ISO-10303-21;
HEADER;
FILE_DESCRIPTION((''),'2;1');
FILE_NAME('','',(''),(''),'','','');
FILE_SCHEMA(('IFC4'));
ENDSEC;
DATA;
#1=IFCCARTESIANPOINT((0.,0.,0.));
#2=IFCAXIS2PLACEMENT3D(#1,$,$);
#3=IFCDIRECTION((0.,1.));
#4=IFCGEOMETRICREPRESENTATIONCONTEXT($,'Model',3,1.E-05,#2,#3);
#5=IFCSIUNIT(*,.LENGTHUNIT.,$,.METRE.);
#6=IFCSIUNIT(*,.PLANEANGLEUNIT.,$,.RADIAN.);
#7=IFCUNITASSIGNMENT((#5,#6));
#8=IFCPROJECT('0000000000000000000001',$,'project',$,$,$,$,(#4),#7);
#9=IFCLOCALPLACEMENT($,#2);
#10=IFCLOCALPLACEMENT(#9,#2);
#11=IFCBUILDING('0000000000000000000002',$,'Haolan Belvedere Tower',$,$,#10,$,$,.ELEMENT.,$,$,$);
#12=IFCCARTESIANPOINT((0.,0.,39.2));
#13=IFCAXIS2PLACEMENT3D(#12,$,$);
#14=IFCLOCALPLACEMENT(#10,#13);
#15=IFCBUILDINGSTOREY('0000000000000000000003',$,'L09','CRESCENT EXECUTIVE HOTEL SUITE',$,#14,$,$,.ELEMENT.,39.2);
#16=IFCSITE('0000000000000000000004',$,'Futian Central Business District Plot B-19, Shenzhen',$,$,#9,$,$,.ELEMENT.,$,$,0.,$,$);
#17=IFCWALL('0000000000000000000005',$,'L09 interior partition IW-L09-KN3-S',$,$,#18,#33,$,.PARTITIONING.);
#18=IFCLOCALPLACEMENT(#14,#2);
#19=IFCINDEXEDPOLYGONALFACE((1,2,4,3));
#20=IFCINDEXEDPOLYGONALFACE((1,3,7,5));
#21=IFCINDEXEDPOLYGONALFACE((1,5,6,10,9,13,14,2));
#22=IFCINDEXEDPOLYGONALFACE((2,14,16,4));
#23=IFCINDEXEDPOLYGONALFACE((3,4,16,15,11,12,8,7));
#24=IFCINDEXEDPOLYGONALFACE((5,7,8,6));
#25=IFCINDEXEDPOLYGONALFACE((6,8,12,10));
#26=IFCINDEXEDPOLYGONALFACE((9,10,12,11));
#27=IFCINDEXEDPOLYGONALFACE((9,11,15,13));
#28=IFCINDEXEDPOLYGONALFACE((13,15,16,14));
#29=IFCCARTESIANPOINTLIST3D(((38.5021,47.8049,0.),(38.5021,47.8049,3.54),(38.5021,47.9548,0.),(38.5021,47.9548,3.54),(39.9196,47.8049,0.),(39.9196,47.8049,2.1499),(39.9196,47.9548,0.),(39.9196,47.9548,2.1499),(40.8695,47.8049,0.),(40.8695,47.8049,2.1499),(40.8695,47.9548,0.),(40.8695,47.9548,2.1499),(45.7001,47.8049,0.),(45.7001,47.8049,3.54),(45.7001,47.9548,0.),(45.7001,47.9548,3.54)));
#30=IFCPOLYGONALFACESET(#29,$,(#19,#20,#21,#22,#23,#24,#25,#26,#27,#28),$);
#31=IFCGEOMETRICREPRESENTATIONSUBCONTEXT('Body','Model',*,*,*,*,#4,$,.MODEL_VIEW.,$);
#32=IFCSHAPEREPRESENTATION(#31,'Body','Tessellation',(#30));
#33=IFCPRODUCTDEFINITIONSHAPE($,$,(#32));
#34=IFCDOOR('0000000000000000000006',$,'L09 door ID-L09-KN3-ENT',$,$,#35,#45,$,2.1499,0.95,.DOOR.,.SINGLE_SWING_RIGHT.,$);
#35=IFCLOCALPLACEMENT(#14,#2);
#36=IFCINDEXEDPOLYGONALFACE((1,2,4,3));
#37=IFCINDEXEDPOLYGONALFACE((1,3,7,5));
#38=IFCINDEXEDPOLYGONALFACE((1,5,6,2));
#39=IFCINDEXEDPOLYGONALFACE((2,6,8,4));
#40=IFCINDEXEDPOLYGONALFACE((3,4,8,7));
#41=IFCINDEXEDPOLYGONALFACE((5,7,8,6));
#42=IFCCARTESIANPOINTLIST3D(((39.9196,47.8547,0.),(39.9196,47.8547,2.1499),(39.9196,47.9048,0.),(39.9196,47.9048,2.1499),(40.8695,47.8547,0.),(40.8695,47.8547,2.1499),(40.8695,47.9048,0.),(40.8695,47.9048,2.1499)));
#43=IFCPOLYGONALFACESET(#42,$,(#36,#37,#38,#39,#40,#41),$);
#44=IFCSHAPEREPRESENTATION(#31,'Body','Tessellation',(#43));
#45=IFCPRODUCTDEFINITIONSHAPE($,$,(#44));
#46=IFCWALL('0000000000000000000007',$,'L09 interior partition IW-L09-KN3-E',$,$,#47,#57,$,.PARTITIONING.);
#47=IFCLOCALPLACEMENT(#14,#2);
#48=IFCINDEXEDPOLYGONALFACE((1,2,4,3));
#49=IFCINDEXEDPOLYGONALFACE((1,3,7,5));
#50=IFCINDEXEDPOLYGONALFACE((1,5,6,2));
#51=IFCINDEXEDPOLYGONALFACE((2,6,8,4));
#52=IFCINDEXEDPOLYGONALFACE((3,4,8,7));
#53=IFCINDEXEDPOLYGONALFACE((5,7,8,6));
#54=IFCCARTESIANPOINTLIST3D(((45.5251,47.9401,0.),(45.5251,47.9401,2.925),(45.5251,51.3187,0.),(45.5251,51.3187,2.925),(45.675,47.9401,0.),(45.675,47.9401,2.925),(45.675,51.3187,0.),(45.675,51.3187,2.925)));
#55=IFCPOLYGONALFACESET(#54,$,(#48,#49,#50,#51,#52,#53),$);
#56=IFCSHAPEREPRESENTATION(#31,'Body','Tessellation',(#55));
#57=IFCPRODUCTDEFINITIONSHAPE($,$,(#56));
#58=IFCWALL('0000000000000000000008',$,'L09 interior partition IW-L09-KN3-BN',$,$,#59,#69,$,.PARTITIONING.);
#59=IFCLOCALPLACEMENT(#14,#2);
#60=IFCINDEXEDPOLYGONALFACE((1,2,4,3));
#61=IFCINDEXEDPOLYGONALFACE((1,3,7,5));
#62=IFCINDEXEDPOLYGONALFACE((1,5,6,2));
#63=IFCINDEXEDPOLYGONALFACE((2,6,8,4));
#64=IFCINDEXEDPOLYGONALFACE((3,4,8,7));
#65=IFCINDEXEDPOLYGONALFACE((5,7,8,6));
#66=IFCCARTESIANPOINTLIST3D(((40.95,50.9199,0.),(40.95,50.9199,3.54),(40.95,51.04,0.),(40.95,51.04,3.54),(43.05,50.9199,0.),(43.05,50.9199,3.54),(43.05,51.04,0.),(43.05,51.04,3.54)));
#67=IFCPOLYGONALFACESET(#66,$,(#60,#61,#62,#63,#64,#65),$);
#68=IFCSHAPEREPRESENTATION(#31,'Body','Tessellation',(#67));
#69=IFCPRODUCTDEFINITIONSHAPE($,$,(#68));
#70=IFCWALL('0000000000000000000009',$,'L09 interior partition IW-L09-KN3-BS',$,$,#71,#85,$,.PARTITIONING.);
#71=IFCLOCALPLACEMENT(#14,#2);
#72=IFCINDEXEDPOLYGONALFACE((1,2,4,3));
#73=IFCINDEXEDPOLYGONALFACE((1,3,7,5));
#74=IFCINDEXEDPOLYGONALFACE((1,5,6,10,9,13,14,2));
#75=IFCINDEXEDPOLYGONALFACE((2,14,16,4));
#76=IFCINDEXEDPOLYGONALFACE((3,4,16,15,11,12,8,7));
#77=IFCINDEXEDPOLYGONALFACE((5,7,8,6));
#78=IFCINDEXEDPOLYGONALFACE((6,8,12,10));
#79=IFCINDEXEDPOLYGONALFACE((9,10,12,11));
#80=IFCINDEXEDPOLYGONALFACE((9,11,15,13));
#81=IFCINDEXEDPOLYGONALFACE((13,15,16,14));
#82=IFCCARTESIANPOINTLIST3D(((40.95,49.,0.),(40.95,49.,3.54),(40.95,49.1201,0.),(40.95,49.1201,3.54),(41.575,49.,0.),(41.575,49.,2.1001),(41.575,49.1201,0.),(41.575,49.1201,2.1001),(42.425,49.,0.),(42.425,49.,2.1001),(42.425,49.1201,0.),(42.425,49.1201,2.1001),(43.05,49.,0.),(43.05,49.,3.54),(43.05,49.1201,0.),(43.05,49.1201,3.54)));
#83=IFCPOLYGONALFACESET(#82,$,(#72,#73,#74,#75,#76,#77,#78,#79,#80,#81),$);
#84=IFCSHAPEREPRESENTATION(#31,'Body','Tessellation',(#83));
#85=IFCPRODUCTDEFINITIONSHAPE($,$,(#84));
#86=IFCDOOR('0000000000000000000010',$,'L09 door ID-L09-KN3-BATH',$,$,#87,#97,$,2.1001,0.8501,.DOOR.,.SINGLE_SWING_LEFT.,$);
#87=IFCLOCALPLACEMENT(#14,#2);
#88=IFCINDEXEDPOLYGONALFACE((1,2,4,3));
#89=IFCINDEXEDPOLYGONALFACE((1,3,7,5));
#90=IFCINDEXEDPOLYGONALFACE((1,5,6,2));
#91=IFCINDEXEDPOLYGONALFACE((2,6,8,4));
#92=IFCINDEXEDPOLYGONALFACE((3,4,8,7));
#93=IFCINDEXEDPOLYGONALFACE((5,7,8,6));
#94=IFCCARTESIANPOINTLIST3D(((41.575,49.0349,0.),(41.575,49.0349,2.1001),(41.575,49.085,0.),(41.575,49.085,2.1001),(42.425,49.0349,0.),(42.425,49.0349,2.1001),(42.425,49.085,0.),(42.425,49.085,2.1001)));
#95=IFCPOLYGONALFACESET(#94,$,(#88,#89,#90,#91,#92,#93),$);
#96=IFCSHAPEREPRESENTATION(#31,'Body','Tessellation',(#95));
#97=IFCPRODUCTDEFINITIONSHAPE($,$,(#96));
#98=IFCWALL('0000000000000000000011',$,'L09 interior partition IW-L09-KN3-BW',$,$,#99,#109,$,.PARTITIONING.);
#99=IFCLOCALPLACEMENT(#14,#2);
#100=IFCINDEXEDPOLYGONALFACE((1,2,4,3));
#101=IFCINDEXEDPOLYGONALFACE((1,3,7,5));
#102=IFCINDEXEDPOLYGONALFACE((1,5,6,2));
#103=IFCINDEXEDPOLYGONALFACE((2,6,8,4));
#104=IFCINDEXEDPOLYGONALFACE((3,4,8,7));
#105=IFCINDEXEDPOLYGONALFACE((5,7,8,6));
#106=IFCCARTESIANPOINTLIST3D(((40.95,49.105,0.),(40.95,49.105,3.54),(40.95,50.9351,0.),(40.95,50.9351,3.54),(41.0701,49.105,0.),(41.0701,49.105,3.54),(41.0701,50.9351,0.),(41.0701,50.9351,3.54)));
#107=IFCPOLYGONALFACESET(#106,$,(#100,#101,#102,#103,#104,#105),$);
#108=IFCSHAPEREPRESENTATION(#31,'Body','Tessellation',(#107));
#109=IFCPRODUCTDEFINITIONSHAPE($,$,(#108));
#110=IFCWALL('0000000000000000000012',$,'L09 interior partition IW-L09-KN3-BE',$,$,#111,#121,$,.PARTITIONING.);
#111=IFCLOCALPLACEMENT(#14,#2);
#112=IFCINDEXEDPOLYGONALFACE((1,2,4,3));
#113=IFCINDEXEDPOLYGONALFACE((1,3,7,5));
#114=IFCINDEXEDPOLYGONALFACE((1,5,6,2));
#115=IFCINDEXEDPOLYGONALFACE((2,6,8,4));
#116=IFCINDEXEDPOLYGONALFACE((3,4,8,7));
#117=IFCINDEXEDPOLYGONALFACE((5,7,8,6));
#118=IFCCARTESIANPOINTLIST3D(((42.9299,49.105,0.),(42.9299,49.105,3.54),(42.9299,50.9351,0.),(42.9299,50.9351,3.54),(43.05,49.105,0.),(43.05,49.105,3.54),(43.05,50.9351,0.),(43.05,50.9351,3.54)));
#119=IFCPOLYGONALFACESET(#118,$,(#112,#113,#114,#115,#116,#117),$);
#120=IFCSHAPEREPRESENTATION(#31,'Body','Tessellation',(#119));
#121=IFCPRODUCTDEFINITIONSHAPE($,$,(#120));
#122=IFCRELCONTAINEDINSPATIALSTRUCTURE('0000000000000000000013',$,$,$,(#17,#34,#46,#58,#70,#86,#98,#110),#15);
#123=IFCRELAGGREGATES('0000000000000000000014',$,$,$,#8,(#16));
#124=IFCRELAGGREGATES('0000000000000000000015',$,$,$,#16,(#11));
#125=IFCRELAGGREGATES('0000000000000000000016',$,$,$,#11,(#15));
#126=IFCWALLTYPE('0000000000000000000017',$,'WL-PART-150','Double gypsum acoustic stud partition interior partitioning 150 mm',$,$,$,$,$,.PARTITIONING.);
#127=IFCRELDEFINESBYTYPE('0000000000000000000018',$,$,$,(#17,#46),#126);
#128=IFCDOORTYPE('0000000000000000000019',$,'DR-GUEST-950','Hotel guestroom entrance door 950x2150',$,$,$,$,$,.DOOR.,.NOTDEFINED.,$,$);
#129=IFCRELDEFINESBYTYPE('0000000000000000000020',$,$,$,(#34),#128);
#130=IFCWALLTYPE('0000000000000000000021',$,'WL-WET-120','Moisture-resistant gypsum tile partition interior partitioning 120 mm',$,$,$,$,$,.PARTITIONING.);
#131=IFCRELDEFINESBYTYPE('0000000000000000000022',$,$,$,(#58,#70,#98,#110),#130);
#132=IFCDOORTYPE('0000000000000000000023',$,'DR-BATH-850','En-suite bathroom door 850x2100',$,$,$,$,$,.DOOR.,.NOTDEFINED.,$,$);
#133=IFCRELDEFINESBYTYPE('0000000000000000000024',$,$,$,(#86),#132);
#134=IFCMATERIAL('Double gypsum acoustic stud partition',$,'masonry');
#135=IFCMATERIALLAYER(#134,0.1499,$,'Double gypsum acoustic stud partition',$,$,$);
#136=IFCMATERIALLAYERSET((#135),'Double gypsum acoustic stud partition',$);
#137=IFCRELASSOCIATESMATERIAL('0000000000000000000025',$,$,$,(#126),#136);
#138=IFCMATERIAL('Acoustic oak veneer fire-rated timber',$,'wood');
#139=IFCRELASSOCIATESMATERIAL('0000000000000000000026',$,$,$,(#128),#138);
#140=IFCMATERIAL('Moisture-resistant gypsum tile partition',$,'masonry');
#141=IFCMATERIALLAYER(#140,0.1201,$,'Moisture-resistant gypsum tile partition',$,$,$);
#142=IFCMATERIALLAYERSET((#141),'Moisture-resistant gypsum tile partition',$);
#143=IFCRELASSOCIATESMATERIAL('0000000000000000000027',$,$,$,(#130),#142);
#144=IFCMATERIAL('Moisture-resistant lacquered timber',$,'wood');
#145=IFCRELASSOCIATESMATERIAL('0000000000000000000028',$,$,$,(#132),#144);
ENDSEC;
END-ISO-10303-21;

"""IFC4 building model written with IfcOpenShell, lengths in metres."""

from ifc_helpers import new_model, si_unit, direction, frame, frame_2d, origin, place, context, subcontext, project, spatial, rectangle, extrude, material, layer, layer_set, type_object, element, fill, save


model = new_model("IFC4")

# Units and contexts
model_context = context("Model", 3, precision=1e-05, world=origin(), true_north=direction((0.0, 1.0)))
body_context = subcontext(model_context, "Body", "Model", "MODEL_VIEW")
ifc_project = project(units=[si_unit("LENGTHUNIT", "METRE"), si_unit("PLANEANGLEUNIT", "RADIAN")], contexts=[model_context])

# Site, building, storey
site_placement = place(None, origin())
site = spatial("IfcSite", under=ifc_project, at=site_placement, Name="Futian Central Business District Plot B-19, Shenzhen", CompositionType="ELEMENT", RefElevation=0.0)
building_placement = place(site_placement, origin())
building = spatial("IfcBuilding", under=site, at=building_placement, Name="Haolan Belvedere Tower", CompositionType="ELEMENT")
storey_placement = place(building_placement, frame((0.0, 0.0, 39.2)))
storey = spatial("IfcBuildingStorey", under=building, at=storey_placement, Name="L09", Description="CRESCENT EXECUTIVE HOTEL SUITE", CompositionType="ELEMENT", Elevation=39.2)

# Shared definitions
ifc_material_1 = material(Name="Double gypsum acoustic stud partition", Category="masonry")
ifc_layer_1 = layer(ifc_material_1, 0.1499, Name="Double gypsum acoustic stud partition")
ifc_layer_set_1 = layer_set([ifc_layer_1], Name="Double gypsum acoustic stud partition")
wall_type_1 = type_object("IfcWallType", Name="WL-PART-150", Description="Double gypsum acoustic stud partition interior partitioning 150 mm", PredefinedType="PARTITIONING", material=ifc_layer_set_1)

# Wall, opening, door
wall_1_placement = place(storey_placement, frame((38.502, 47.8799, 0.0), z_axis=(0.0, 0.0, 1.0), x_axis=(1.0, 0.0, 0.0)))
wall_1 = element("IfcWall", 1, at=wall_1_placement, inside=storey, type_object=wall_type_1, Name="L09 interior partition IW-L09-KN3-S", PredefinedType="PARTITIONING", context=body_context, shape_type="SweptSolid", body=[
    extrude(rectangle(XDim=7.198, YDim=0.1499, at=frame_2d((3.5991, 0.0))), origin(), (0.0, 0.0, 1.0), 3.54),
])
opening_1_placement = place(wall_1_placement, frame((1.4175, 0.0, 0.0)))
opening_1 = element("IfcOpeningElement", 2, at=opening_1_placement, cuts=wall_1, PredefinedType="OPENING", context=body_context, shape_type="SweptSolid", body=[
    extrude(rectangle(XDim=0.95, YDim=2.1499, at=frame_2d((0.4751, 1.075))), frame((0.0, 0.085, 0.0), z_axis=(0.0, -1.0, 0.0), x_axis=(1.0, 0.0, 0.0)), (0.0, 0.0, 1.0), 0.1699),
])
ifc_material_2 = material(Name="Acoustic oak veneer fire-rated timber", Category="wood")
door_type_1 = type_object("IfcDoorType", Name="DR-GUEST-950", Description="Hotel guestroom entrance door 950x2150", OperationType="NOTDEFINED", PredefinedType="DOOR", material=ifc_material_2)
door_1_placement = place(opening_1_placement, origin())
door_1 = element("IfcDoor", 3, at=door_1_placement, inside=storey, type_object=door_type_1, Name="L09 door ID-L09-KN3-ENT", OperationType="SINGLE_SWING_RIGHT", OverallHeight=2.1499, OverallWidth=0.95, PredefinedType="DOOR", context=body_context, shape_type="SweptSolid", body=[
    extrude(rectangle(XDim=0.95, YDim=2.1499, at=frame_2d((0.4751, 1.075))), frame((0.0, 0.0249, 0.0), z_axis=(0.0, -1.0, 0.0), x_axis=(1.0, 0.0, 0.0)), (0.0, 0.0, 1.0), 0.05),
])
fill(opening_1, door_1)

# Walls
wall_2_placement = place(storey_placement, frame((45.6001, 47.9399, 0.0), z_axis=(0.0, 0.0, 1.0), x_axis=(0.0, 1.0, 0.0)))
element("IfcWall", 4, at=wall_2_placement, inside=storey, type_object=wall_type_1, Name="L09 interior partition IW-L09-KN3-E", PredefinedType="PARTITIONING", context=body_context, shape_type="SweptSolid", body=[
    extrude(rectangle(XDim=3.3787, YDim=0.1499, at=frame_2d((1.6895, 0.0))), origin(), (0.0, 0.0, 1.0), 2.925),
])
ifc_material_3 = material(Name="Moisture-resistant gypsum tile partition", Category="masonry")
ifc_layer_2 = layer(ifc_material_3, 0.1201, Name="Moisture-resistant gypsum tile partition")
ifc_layer_set_2 = layer_set([ifc_layer_2], Name="Moisture-resistant gypsum tile partition")
wall_type_2 = type_object("IfcWallType", Name="WL-WET-120", Description="Moisture-resistant gypsum tile partition interior partitioning 120 mm", PredefinedType="PARTITIONING", material=ifc_layer_set_2)
wall_3_placement = place(storey_placement, frame((40.95, 50.98, 0.0), z_axis=(0.0, 0.0, 1.0), x_axis=(1.0, 0.0, 0.0)))
element("IfcWall", 5, at=wall_3_placement, inside=storey, type_object=wall_type_2, Name="L09 interior partition IW-L09-KN3-BN", PredefinedType="PARTITIONING", context=body_context, shape_type="SweptSolid", body=[
    extrude(rectangle(XDim=2.1001, YDim=0.1201, at=frame_2d((1.05, 0.0))), origin(), (0.0, 0.0, 1.0), 3.54),
])

# Wall, opening, door
wall_4_placement = place(storey_placement, frame((40.95, 49.0601, 0.0), z_axis=(0.0, 0.0, 1.0), x_axis=(1.0, 0.0, 0.0)))
wall_4 = element("IfcWall", 6, at=wall_4_placement, inside=storey, type_object=wall_type_2, Name="L09 interior partition IW-L09-KN3-BS", PredefinedType="PARTITIONING", context=body_context, shape_type="SweptSolid", body=[
    extrude(rectangle(XDim=2.1001, YDim=0.1201, at=frame_2d((1.05, 0.0))), origin(), (0.0, 0.0, 1.0), 3.54),
])
opening_2_placement = place(wall_4_placement, frame((0.625, 0.0, 0.0)))
opening_2 = element("IfcOpeningElement", 7, at=opening_2_placement, cuts=wall_4, PredefinedType="OPENING", context=body_context, shape_type="SweptSolid", body=[
    extrude(rectangle(XDim=0.8501, YDim=2.1001, at=frame_2d((0.425, 1.05))), frame((0.0, 0.0701, 0.0), z_axis=(0.0, -1.0, 0.0), x_axis=(1.0, 0.0, 0.0)), (0.0, 0.0, 1.0), 0.1401),
])
ifc_material_4 = material(Name="Moisture-resistant lacquered timber", Category="wood")
door_type_2 = type_object("IfcDoorType", Name="DR-BATH-850", Description="En-suite bathroom door 850x2100", OperationType="NOTDEFINED", PredefinedType="DOOR", material=ifc_material_4)
door_2_placement = place(opening_2_placement, origin())
door_2 = element("IfcDoor", 8, at=door_2_placement, inside=storey, type_object=door_type_2, Name="L09 door ID-L09-KN3-BATH", OperationType="SINGLE_SWING_LEFT", OverallHeight=2.1001, OverallWidth=0.8501, PredefinedType="DOOR", context=body_context, shape_type="SweptSolid", body=[
    extrude(rectangle(XDim=0.8501, YDim=2.1001, at=frame_2d((0.425, 1.05))), frame((0.0, 0.0249, 0.0), z_axis=(0.0, -1.0, 0.0), x_axis=(1.0, 0.0, 0.0)), (0.0, 0.0, 1.0), 0.05),
])
fill(opening_2, door_2)

# Walls
for number, where, z_axis, x_axis, name in (
    (9, (41.01, 49.105, 0.0), (0.0, 0.0, 1.0), (0.0, 1.0, 0.0), "L09 interior partition IW-L09-KN3-BW"),
    (10, (42.99, 49.105, 0.0), (0.0, 0.0, 1.0), (0.0, 1.0, 0.0), "L09 interior partition IW-L09-KN3-BE"),
):
    element("IfcWall", number, at=place(storey_placement, frame(where, z_axis=z_axis, x_axis=x_axis)), inside=storey, type_object=wall_type_2, Name=name, PredefinedType="PARTITIONING", context=body_context, shape_type="SweptSolid", body=[
        extrude(rectangle(XDim=1.8301, YDim=0.1201, at=frame_2d((0.915, 0.0))), origin(), (0.0, 0.0, 1.0), 3.54),
    ])

save(model, "model.ifc")
